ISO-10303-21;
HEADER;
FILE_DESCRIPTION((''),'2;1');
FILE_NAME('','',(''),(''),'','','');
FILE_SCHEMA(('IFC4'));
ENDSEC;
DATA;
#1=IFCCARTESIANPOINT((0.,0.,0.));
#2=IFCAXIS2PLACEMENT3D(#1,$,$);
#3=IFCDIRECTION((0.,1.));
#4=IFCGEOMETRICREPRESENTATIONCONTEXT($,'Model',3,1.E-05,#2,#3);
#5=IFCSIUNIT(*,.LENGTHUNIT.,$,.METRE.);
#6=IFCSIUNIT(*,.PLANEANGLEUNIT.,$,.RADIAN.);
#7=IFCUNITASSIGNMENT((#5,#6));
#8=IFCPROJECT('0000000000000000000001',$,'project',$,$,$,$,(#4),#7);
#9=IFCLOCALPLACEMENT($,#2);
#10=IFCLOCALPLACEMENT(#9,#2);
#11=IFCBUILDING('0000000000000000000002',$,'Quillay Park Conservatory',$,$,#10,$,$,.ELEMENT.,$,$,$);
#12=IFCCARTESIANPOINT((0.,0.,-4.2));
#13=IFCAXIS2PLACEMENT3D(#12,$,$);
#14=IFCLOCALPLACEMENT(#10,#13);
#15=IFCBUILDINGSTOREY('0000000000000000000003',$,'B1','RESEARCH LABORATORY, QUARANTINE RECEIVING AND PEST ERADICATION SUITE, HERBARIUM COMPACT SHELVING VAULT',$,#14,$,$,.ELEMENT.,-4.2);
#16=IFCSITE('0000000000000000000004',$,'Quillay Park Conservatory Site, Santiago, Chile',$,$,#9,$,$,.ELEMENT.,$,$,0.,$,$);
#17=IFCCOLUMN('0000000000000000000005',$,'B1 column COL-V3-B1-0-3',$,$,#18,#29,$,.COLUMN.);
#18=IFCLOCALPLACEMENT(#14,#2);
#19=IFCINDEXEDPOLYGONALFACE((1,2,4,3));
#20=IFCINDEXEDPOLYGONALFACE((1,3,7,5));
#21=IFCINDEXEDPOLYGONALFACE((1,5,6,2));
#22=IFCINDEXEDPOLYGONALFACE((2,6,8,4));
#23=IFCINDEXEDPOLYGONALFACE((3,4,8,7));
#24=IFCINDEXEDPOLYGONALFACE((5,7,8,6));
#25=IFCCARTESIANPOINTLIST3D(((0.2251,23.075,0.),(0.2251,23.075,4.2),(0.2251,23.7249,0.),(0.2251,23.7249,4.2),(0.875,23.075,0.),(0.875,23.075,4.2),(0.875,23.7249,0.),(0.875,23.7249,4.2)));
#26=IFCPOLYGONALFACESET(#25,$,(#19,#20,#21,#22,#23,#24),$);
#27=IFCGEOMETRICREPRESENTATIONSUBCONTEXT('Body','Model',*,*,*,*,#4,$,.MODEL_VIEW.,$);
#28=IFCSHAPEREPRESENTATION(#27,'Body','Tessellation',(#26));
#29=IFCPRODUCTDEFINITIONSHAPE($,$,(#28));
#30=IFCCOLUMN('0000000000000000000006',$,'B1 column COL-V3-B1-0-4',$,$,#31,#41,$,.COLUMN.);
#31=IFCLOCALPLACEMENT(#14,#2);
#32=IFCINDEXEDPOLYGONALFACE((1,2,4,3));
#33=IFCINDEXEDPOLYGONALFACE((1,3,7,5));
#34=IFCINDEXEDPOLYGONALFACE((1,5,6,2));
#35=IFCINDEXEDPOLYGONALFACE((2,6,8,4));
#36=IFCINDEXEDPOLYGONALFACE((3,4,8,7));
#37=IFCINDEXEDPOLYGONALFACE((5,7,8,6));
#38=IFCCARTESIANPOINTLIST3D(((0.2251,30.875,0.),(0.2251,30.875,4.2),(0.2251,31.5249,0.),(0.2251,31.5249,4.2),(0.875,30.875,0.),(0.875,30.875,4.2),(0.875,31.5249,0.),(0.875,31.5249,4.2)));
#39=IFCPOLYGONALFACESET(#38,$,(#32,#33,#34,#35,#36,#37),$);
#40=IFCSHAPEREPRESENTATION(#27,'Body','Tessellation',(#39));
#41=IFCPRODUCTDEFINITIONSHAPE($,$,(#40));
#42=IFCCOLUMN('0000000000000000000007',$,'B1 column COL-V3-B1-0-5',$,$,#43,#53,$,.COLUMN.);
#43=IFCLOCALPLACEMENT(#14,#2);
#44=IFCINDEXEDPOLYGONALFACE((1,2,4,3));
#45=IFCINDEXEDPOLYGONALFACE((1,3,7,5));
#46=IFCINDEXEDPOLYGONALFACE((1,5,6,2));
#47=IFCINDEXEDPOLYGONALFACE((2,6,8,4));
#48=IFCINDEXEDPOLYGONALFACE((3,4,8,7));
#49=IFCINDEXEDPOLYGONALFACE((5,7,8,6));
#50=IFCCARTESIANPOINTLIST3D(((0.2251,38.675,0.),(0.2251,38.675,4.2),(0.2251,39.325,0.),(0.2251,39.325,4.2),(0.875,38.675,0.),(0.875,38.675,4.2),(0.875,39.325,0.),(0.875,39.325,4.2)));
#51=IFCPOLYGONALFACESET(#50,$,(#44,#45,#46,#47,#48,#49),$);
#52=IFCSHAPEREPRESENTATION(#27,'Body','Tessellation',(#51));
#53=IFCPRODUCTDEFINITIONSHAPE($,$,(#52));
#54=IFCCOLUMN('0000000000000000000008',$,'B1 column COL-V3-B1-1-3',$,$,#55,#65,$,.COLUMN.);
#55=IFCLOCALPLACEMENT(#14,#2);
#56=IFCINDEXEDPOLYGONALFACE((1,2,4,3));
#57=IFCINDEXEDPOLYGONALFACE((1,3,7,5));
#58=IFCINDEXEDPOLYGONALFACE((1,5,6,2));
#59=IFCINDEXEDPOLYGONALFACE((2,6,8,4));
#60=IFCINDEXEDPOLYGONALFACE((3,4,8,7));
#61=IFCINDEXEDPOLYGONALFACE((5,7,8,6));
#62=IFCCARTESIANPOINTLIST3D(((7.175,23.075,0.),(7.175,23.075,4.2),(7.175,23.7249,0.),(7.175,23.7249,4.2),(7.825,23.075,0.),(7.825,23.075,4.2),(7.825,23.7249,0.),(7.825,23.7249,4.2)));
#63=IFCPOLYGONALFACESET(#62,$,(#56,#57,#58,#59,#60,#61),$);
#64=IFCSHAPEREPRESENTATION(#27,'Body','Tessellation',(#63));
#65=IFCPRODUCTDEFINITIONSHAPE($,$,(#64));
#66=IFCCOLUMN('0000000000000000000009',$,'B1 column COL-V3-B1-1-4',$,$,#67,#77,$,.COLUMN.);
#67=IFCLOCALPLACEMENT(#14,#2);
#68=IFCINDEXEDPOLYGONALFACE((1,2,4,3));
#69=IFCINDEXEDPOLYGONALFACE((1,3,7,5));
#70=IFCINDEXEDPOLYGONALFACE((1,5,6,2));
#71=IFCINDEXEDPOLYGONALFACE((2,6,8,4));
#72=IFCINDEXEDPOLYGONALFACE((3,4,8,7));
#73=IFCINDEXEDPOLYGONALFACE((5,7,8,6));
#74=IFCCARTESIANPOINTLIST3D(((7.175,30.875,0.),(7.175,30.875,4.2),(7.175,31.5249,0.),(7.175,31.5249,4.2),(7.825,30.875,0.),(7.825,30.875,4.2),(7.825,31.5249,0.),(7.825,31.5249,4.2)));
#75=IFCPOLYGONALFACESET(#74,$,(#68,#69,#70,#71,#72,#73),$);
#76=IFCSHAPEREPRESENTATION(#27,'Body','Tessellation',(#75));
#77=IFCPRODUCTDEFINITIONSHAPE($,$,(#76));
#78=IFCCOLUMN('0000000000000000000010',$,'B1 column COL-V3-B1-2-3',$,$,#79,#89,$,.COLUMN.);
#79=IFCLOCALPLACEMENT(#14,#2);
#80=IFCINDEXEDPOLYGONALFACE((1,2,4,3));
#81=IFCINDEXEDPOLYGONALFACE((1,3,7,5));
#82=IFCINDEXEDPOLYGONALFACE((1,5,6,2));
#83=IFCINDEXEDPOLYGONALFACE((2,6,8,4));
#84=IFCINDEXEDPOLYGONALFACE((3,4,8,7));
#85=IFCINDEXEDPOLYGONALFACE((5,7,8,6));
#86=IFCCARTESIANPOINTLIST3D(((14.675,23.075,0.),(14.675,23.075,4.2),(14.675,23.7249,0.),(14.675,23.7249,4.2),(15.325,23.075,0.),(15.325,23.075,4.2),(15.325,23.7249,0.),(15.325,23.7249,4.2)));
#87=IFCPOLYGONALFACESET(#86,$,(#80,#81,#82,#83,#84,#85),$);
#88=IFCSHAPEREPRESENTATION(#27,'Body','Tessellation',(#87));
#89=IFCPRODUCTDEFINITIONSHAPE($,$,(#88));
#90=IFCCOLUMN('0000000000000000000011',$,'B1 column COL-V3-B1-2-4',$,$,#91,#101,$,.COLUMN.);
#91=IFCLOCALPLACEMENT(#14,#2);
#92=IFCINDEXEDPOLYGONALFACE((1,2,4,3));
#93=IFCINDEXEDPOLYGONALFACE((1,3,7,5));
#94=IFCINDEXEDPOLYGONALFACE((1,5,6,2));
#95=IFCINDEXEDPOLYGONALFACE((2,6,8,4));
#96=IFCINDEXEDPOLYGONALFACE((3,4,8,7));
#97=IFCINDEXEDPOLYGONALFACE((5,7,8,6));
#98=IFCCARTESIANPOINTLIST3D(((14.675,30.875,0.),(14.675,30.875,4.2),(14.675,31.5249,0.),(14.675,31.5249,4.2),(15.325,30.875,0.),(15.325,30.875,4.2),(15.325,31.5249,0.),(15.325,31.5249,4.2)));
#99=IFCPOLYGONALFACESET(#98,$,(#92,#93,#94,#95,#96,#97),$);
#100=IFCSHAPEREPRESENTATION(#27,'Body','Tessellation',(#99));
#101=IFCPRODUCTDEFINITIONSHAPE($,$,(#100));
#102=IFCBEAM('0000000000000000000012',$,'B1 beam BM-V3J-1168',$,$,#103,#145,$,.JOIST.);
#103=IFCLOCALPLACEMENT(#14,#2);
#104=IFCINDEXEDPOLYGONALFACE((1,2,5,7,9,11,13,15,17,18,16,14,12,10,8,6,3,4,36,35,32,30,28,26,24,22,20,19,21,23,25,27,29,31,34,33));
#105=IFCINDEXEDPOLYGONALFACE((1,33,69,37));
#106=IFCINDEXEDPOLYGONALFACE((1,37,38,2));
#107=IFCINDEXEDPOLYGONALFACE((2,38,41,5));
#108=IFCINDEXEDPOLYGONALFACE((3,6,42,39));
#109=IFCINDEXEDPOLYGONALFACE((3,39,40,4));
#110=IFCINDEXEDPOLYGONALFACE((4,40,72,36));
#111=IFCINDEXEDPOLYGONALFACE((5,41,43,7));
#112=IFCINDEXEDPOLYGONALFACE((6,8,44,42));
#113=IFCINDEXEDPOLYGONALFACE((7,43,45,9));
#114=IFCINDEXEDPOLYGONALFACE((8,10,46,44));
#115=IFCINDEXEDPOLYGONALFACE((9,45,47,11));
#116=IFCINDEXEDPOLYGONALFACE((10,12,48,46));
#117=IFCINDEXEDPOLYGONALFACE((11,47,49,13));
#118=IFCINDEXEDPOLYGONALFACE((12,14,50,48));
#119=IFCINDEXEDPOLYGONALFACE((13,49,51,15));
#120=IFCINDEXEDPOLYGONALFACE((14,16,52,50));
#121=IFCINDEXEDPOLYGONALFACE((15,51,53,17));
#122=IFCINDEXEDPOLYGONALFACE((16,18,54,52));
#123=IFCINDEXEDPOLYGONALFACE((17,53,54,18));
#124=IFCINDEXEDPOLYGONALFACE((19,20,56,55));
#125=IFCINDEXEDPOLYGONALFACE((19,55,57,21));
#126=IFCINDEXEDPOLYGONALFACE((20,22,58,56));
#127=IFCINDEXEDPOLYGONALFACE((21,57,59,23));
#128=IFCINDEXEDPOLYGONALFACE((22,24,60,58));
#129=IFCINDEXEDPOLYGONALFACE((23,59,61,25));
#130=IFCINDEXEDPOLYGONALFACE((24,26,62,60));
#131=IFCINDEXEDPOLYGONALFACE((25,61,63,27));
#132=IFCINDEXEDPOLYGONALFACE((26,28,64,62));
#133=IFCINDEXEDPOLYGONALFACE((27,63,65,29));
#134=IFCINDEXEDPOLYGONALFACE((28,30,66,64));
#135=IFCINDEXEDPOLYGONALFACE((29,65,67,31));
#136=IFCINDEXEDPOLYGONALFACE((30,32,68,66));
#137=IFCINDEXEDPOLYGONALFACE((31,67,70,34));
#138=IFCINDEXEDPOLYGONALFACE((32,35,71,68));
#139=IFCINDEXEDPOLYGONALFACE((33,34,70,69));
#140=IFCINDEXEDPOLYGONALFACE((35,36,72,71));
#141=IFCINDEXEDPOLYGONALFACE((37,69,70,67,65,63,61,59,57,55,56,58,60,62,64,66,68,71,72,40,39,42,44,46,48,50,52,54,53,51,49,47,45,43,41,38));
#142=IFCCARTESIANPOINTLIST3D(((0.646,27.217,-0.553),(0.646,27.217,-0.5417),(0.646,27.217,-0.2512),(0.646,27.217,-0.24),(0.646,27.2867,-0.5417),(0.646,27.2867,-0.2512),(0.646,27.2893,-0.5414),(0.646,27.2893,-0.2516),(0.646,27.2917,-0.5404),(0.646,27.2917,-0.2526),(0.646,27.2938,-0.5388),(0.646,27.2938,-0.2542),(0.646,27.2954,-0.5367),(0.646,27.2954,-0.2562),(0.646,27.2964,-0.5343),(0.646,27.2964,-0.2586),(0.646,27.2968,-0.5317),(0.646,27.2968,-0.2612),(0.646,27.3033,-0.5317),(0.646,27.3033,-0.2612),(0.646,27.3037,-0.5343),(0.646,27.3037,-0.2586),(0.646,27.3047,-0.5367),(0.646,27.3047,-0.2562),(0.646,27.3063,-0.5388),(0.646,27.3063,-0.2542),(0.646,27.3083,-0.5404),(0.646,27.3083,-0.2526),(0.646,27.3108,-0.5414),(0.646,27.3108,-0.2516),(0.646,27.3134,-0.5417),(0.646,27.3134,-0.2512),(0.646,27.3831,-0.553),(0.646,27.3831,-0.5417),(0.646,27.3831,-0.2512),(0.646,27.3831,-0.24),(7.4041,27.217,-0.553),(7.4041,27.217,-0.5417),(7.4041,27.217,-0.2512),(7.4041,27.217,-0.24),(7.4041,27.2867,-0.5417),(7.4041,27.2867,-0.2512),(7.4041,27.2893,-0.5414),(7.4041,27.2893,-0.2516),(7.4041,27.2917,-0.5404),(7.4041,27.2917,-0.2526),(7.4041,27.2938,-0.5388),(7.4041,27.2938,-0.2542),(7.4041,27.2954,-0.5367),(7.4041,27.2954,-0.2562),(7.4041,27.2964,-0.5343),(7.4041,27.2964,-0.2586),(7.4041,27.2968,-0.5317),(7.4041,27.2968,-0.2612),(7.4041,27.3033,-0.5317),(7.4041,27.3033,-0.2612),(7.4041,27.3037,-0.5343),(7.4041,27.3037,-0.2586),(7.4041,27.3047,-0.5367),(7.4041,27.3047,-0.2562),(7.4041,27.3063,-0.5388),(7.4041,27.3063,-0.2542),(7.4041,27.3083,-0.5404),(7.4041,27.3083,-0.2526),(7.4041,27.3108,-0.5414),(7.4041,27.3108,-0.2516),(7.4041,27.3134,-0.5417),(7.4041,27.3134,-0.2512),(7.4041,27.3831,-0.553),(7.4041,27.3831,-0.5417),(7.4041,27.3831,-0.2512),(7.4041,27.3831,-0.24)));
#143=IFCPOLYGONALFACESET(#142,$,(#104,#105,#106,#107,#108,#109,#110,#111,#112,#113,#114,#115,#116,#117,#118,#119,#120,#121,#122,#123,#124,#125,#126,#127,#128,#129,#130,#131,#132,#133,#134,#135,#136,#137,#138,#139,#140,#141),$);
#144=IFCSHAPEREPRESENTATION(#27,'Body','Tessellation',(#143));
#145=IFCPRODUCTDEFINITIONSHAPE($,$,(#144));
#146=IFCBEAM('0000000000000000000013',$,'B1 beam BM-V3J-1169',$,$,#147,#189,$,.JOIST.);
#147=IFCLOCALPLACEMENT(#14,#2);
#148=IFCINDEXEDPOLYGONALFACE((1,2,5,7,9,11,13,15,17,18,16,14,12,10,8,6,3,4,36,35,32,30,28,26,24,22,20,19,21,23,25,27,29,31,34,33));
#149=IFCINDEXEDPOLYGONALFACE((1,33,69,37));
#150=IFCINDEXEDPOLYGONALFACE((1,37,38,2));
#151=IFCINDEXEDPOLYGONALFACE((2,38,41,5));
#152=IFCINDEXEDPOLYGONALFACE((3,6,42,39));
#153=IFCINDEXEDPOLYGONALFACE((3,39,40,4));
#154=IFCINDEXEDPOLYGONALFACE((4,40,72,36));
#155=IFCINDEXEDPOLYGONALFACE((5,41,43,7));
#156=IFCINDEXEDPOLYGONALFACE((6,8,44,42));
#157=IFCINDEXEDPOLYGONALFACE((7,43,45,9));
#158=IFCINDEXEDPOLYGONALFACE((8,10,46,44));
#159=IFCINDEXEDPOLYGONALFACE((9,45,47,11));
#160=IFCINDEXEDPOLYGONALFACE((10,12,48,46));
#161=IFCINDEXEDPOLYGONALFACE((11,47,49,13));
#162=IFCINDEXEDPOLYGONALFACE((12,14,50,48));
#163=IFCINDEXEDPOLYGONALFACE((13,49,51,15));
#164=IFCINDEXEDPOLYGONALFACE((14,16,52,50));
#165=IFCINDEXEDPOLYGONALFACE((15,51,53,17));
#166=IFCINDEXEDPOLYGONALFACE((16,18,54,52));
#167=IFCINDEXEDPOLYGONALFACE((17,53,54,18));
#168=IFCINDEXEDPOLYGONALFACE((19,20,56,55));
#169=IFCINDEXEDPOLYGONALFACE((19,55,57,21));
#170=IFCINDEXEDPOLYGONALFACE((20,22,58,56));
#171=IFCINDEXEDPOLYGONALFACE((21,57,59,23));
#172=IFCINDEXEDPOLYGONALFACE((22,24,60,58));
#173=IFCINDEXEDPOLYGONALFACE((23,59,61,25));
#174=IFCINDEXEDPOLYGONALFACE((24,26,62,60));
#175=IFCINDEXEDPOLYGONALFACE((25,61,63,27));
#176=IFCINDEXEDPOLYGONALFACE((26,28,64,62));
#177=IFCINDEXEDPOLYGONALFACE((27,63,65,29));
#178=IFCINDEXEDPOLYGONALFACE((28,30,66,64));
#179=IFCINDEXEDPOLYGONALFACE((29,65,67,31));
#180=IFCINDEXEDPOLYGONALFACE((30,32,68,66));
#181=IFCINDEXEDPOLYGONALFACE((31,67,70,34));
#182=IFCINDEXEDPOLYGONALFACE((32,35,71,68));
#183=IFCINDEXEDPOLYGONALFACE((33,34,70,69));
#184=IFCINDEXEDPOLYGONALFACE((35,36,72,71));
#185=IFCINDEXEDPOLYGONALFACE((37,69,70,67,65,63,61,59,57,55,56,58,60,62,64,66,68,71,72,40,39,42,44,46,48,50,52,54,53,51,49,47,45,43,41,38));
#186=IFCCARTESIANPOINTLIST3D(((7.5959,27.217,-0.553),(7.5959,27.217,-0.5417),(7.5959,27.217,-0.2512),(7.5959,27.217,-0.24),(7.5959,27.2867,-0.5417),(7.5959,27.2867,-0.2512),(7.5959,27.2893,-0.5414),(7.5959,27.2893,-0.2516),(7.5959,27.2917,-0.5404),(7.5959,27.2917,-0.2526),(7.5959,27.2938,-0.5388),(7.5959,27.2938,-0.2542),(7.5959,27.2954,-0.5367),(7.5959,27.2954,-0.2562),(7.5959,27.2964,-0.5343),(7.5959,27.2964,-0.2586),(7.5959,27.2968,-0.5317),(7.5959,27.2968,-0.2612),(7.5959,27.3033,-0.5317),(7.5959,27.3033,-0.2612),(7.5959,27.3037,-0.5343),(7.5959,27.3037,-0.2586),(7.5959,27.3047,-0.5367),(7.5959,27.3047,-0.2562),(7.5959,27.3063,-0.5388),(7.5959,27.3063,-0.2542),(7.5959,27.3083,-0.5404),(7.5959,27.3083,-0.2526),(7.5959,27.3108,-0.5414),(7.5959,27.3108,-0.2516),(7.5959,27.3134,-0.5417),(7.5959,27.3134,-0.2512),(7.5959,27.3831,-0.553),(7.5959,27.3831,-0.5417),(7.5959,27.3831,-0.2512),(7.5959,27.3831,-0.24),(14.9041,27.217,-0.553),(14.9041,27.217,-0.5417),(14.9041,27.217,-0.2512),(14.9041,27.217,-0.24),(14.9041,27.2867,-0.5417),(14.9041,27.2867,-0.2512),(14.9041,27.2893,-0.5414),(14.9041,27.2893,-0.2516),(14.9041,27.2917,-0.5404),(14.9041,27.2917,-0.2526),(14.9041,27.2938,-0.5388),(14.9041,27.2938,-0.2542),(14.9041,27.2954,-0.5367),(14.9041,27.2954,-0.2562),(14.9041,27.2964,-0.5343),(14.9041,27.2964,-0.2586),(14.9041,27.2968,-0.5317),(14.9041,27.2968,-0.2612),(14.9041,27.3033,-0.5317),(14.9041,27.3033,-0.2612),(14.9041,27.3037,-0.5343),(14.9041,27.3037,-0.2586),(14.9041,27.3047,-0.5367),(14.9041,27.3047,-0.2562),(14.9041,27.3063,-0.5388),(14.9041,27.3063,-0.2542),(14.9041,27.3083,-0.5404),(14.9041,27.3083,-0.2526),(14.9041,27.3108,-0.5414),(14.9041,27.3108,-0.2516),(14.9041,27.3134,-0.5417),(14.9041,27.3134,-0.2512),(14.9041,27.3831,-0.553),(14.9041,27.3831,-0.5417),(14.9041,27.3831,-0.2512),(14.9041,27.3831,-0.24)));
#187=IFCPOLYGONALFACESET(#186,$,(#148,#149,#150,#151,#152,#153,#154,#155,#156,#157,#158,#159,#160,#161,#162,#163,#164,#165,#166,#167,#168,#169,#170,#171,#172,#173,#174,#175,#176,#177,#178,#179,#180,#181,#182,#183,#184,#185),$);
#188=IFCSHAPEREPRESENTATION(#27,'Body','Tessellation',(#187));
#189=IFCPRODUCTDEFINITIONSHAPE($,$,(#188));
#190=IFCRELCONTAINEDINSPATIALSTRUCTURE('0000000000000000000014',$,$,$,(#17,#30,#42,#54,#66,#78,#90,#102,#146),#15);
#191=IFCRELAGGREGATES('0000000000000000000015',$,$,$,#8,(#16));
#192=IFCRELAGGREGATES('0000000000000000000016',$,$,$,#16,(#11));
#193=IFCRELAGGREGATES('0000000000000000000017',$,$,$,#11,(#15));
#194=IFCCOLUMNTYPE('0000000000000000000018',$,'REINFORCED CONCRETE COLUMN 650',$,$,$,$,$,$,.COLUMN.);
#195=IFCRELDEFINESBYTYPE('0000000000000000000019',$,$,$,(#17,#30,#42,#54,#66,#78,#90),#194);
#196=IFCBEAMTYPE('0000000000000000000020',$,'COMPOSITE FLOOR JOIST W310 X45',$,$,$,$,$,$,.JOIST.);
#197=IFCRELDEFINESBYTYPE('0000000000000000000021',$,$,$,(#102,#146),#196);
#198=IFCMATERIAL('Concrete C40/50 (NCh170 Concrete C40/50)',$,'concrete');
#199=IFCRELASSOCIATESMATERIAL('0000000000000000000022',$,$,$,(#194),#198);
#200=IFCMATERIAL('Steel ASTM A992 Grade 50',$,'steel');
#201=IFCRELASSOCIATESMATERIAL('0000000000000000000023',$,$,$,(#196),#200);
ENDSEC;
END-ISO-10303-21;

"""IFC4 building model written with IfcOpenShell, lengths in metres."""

from ifc_helpers import new_model, si_unit, direction, frame, origin, origin_2d, place, context, subcontext, project, spatial, rectangle, i_section, extrude, material, material_profile, profile_set, type_object, element, save


model = new_model("IFC4")

# Units and contexts
model_context = context("Model", 3, precision=1e-05, world=origin(), true_north=direction((0.0, 1.0)))
body_context = subcontext(model_context, "Body", "Model", "MODEL_VIEW")
ifc_project = project(units=[si_unit("LENGTHUNIT", "METRE"), si_unit("PLANEANGLEUNIT", "RADIAN")], contexts=[model_context])

# Site, building, storey
site_placement = place(None, origin())
site = spatial("IfcSite", under=ifc_project, at=site_placement, Name="Quillay Park Conservatory Site, Santiago, Chile", CompositionType="ELEMENT", RefElevation=0.0)
building_placement = place(site_placement, origin())
building = spatial("IfcBuilding", under=site, at=building_placement, Name="Quillay Park Conservatory", CompositionType="ELEMENT")
storey_placement = place(building_placement, frame((0.0, 0.0, -4.2)))
storey = spatial("IfcBuildingStorey", under=building, at=storey_placement, Name="B1", Description="RESEARCH LABORATORY, QUARANTINE RECEIVING AND PEST ERADICATION SUITE, HERBARIUM COMPACT SHELVING VAULT", CompositionType="ELEMENT", Elevation=-4.2)

# Columns
ifc_material_1 = material(Name="Concrete C40/50 (NCh170 Concrete C40/50)", Category="concrete")
ifc_material_profile_1 = material_profile(ifc_material_1, rectangle(XDim=0.6499, YDim=0.6499, at=origin_2d()), Name="RC650x650")
ifc_profile_set_1 = profile_set([ifc_material_profile_1], Name="Concrete C40/50 (NCh170 Concrete C40/50)")
column_type = type_object("IfcColumnType", Name="REINFORCED CONCRETE COLUMN 650", PredefinedType="COLUMN", material=ifc_profile_set_1)
for number, where, z_axis, x_axis, name in (
    (1, (0.55, 23.3999, 0.0), (0.0, 0.0, 1.0), (1.0, 0.0, 0.0), "B1 column COL-V3-B1-0-3"),
    (2, (0.55, 31.2, 0.0), (0.0, 0.0, 1.0), (1.0, 0.0, 0.0), "B1 column COL-V3-B1-0-4"),
    (3, (0.55, 39.0, 0.0), (0.0, 0.0, 1.0), (1.0, 0.0, 0.0), "B1 column COL-V3-B1-0-5"),
    (4, (7.5, 23.3999, 0.0), (0.0, 0.0, 1.0), (1.0, 0.0, 0.0), "B1 column COL-V3-B1-1-3"),
    (5, (7.5, 31.2, 0.0), (0.0, 0.0, 1.0), (1.0, 0.0, 0.0), "B1 column COL-V3-B1-1-4"),
    (6, (15.0, 23.3999, 0.0), (0.0, 0.0, 1.0), (1.0, 0.0, 0.0), "B1 column COL-V3-B1-2-3"),
    (7, (15.0, 31.2, 0.0), (0.0, 0.0, 1.0), (1.0, 0.0, 0.0), "B1 column COL-V3-B1-2-4"),
):
    element("IfcColumn", number, at=place(storey_placement, frame(where, z_axis=z_axis, x_axis=x_axis)), inside=storey, type_object=column_type, Name=name, PredefinedType="COLUMN", context=body_context, shape_type="SweptSolid", body=[
        extrude(rectangle(XDim=0.6499, YDim=0.6499, at=origin_2d()), origin(), (0.0, 0.0, 1.0), 4.2),
    ])

# Beams
ifc_material_2 = material(Name="Steel ASTM A992 Grade 50", Category="steel")
ifc_material_profile_2 = material_profile(ifc_material_2, i_section(OverallWidth=0.166, OverallDepth=0.313, WebThickness=0.0066, FlangeThickness=0.0112, FilletRadius=0.01, at=origin_2d()), Name="W310x45")
ifc_profile_set_2 = profile_set([ifc_material_profile_2], Name="Steel ASTM A992 Grade 50")
beam_type_1 = type_object("IfcBeamType", Name="COMPOSITE FLOOR JOIST W310 X45", PredefinedType="JOIST", material=ifc_profile_set_2)
beam_1_placement = place(storey_placement, frame((0.646, 27.3, -0.3965), z_axis=(1.0, 0.0, 0.0), x_axis=(0.0, 1.0, 0.0)))
element("IfcBeam", 8, at=beam_1_placement, inside=storey, type_object=beam_type_1, Name="B1 beam BM-V3J-1168", PredefinedType="JOIST", context=body_context, shape_type="SweptSolid", body=[
    extrude(i_section(OverallWidth=0.166, OverallDepth=0.313, WebThickness=0.0066, FlangeThickness=0.0112, FilletRadius=0.01, at=origin_2d()), origin(), (0.0, 0.0, 1.0), 6.7581),
])
beam_2_placement = place(storey_placement, frame((7.5959, 27.3, -0.3965), z_axis=(1.0, 0.0, 0.0), x_axis=(0.0, 1.0, 0.0)))
element("IfcBeam", 9, at=beam_2_placement, inside=storey, type_object=beam_type_1, Name="B1 beam BM-V3J-1169", PredefinedType="JOIST", context=body_context, shape_type="SweptSolid", body=[
    extrude(i_section(OverallWidth=0.166, OverallDepth=0.313, WebThickness=0.0066, FlangeThickness=0.0112, FilletRadius=0.01, at=origin_2d()), origin(), (0.0, 0.0, 1.0), 7.3081),
])

save(model, "model.ifc")
